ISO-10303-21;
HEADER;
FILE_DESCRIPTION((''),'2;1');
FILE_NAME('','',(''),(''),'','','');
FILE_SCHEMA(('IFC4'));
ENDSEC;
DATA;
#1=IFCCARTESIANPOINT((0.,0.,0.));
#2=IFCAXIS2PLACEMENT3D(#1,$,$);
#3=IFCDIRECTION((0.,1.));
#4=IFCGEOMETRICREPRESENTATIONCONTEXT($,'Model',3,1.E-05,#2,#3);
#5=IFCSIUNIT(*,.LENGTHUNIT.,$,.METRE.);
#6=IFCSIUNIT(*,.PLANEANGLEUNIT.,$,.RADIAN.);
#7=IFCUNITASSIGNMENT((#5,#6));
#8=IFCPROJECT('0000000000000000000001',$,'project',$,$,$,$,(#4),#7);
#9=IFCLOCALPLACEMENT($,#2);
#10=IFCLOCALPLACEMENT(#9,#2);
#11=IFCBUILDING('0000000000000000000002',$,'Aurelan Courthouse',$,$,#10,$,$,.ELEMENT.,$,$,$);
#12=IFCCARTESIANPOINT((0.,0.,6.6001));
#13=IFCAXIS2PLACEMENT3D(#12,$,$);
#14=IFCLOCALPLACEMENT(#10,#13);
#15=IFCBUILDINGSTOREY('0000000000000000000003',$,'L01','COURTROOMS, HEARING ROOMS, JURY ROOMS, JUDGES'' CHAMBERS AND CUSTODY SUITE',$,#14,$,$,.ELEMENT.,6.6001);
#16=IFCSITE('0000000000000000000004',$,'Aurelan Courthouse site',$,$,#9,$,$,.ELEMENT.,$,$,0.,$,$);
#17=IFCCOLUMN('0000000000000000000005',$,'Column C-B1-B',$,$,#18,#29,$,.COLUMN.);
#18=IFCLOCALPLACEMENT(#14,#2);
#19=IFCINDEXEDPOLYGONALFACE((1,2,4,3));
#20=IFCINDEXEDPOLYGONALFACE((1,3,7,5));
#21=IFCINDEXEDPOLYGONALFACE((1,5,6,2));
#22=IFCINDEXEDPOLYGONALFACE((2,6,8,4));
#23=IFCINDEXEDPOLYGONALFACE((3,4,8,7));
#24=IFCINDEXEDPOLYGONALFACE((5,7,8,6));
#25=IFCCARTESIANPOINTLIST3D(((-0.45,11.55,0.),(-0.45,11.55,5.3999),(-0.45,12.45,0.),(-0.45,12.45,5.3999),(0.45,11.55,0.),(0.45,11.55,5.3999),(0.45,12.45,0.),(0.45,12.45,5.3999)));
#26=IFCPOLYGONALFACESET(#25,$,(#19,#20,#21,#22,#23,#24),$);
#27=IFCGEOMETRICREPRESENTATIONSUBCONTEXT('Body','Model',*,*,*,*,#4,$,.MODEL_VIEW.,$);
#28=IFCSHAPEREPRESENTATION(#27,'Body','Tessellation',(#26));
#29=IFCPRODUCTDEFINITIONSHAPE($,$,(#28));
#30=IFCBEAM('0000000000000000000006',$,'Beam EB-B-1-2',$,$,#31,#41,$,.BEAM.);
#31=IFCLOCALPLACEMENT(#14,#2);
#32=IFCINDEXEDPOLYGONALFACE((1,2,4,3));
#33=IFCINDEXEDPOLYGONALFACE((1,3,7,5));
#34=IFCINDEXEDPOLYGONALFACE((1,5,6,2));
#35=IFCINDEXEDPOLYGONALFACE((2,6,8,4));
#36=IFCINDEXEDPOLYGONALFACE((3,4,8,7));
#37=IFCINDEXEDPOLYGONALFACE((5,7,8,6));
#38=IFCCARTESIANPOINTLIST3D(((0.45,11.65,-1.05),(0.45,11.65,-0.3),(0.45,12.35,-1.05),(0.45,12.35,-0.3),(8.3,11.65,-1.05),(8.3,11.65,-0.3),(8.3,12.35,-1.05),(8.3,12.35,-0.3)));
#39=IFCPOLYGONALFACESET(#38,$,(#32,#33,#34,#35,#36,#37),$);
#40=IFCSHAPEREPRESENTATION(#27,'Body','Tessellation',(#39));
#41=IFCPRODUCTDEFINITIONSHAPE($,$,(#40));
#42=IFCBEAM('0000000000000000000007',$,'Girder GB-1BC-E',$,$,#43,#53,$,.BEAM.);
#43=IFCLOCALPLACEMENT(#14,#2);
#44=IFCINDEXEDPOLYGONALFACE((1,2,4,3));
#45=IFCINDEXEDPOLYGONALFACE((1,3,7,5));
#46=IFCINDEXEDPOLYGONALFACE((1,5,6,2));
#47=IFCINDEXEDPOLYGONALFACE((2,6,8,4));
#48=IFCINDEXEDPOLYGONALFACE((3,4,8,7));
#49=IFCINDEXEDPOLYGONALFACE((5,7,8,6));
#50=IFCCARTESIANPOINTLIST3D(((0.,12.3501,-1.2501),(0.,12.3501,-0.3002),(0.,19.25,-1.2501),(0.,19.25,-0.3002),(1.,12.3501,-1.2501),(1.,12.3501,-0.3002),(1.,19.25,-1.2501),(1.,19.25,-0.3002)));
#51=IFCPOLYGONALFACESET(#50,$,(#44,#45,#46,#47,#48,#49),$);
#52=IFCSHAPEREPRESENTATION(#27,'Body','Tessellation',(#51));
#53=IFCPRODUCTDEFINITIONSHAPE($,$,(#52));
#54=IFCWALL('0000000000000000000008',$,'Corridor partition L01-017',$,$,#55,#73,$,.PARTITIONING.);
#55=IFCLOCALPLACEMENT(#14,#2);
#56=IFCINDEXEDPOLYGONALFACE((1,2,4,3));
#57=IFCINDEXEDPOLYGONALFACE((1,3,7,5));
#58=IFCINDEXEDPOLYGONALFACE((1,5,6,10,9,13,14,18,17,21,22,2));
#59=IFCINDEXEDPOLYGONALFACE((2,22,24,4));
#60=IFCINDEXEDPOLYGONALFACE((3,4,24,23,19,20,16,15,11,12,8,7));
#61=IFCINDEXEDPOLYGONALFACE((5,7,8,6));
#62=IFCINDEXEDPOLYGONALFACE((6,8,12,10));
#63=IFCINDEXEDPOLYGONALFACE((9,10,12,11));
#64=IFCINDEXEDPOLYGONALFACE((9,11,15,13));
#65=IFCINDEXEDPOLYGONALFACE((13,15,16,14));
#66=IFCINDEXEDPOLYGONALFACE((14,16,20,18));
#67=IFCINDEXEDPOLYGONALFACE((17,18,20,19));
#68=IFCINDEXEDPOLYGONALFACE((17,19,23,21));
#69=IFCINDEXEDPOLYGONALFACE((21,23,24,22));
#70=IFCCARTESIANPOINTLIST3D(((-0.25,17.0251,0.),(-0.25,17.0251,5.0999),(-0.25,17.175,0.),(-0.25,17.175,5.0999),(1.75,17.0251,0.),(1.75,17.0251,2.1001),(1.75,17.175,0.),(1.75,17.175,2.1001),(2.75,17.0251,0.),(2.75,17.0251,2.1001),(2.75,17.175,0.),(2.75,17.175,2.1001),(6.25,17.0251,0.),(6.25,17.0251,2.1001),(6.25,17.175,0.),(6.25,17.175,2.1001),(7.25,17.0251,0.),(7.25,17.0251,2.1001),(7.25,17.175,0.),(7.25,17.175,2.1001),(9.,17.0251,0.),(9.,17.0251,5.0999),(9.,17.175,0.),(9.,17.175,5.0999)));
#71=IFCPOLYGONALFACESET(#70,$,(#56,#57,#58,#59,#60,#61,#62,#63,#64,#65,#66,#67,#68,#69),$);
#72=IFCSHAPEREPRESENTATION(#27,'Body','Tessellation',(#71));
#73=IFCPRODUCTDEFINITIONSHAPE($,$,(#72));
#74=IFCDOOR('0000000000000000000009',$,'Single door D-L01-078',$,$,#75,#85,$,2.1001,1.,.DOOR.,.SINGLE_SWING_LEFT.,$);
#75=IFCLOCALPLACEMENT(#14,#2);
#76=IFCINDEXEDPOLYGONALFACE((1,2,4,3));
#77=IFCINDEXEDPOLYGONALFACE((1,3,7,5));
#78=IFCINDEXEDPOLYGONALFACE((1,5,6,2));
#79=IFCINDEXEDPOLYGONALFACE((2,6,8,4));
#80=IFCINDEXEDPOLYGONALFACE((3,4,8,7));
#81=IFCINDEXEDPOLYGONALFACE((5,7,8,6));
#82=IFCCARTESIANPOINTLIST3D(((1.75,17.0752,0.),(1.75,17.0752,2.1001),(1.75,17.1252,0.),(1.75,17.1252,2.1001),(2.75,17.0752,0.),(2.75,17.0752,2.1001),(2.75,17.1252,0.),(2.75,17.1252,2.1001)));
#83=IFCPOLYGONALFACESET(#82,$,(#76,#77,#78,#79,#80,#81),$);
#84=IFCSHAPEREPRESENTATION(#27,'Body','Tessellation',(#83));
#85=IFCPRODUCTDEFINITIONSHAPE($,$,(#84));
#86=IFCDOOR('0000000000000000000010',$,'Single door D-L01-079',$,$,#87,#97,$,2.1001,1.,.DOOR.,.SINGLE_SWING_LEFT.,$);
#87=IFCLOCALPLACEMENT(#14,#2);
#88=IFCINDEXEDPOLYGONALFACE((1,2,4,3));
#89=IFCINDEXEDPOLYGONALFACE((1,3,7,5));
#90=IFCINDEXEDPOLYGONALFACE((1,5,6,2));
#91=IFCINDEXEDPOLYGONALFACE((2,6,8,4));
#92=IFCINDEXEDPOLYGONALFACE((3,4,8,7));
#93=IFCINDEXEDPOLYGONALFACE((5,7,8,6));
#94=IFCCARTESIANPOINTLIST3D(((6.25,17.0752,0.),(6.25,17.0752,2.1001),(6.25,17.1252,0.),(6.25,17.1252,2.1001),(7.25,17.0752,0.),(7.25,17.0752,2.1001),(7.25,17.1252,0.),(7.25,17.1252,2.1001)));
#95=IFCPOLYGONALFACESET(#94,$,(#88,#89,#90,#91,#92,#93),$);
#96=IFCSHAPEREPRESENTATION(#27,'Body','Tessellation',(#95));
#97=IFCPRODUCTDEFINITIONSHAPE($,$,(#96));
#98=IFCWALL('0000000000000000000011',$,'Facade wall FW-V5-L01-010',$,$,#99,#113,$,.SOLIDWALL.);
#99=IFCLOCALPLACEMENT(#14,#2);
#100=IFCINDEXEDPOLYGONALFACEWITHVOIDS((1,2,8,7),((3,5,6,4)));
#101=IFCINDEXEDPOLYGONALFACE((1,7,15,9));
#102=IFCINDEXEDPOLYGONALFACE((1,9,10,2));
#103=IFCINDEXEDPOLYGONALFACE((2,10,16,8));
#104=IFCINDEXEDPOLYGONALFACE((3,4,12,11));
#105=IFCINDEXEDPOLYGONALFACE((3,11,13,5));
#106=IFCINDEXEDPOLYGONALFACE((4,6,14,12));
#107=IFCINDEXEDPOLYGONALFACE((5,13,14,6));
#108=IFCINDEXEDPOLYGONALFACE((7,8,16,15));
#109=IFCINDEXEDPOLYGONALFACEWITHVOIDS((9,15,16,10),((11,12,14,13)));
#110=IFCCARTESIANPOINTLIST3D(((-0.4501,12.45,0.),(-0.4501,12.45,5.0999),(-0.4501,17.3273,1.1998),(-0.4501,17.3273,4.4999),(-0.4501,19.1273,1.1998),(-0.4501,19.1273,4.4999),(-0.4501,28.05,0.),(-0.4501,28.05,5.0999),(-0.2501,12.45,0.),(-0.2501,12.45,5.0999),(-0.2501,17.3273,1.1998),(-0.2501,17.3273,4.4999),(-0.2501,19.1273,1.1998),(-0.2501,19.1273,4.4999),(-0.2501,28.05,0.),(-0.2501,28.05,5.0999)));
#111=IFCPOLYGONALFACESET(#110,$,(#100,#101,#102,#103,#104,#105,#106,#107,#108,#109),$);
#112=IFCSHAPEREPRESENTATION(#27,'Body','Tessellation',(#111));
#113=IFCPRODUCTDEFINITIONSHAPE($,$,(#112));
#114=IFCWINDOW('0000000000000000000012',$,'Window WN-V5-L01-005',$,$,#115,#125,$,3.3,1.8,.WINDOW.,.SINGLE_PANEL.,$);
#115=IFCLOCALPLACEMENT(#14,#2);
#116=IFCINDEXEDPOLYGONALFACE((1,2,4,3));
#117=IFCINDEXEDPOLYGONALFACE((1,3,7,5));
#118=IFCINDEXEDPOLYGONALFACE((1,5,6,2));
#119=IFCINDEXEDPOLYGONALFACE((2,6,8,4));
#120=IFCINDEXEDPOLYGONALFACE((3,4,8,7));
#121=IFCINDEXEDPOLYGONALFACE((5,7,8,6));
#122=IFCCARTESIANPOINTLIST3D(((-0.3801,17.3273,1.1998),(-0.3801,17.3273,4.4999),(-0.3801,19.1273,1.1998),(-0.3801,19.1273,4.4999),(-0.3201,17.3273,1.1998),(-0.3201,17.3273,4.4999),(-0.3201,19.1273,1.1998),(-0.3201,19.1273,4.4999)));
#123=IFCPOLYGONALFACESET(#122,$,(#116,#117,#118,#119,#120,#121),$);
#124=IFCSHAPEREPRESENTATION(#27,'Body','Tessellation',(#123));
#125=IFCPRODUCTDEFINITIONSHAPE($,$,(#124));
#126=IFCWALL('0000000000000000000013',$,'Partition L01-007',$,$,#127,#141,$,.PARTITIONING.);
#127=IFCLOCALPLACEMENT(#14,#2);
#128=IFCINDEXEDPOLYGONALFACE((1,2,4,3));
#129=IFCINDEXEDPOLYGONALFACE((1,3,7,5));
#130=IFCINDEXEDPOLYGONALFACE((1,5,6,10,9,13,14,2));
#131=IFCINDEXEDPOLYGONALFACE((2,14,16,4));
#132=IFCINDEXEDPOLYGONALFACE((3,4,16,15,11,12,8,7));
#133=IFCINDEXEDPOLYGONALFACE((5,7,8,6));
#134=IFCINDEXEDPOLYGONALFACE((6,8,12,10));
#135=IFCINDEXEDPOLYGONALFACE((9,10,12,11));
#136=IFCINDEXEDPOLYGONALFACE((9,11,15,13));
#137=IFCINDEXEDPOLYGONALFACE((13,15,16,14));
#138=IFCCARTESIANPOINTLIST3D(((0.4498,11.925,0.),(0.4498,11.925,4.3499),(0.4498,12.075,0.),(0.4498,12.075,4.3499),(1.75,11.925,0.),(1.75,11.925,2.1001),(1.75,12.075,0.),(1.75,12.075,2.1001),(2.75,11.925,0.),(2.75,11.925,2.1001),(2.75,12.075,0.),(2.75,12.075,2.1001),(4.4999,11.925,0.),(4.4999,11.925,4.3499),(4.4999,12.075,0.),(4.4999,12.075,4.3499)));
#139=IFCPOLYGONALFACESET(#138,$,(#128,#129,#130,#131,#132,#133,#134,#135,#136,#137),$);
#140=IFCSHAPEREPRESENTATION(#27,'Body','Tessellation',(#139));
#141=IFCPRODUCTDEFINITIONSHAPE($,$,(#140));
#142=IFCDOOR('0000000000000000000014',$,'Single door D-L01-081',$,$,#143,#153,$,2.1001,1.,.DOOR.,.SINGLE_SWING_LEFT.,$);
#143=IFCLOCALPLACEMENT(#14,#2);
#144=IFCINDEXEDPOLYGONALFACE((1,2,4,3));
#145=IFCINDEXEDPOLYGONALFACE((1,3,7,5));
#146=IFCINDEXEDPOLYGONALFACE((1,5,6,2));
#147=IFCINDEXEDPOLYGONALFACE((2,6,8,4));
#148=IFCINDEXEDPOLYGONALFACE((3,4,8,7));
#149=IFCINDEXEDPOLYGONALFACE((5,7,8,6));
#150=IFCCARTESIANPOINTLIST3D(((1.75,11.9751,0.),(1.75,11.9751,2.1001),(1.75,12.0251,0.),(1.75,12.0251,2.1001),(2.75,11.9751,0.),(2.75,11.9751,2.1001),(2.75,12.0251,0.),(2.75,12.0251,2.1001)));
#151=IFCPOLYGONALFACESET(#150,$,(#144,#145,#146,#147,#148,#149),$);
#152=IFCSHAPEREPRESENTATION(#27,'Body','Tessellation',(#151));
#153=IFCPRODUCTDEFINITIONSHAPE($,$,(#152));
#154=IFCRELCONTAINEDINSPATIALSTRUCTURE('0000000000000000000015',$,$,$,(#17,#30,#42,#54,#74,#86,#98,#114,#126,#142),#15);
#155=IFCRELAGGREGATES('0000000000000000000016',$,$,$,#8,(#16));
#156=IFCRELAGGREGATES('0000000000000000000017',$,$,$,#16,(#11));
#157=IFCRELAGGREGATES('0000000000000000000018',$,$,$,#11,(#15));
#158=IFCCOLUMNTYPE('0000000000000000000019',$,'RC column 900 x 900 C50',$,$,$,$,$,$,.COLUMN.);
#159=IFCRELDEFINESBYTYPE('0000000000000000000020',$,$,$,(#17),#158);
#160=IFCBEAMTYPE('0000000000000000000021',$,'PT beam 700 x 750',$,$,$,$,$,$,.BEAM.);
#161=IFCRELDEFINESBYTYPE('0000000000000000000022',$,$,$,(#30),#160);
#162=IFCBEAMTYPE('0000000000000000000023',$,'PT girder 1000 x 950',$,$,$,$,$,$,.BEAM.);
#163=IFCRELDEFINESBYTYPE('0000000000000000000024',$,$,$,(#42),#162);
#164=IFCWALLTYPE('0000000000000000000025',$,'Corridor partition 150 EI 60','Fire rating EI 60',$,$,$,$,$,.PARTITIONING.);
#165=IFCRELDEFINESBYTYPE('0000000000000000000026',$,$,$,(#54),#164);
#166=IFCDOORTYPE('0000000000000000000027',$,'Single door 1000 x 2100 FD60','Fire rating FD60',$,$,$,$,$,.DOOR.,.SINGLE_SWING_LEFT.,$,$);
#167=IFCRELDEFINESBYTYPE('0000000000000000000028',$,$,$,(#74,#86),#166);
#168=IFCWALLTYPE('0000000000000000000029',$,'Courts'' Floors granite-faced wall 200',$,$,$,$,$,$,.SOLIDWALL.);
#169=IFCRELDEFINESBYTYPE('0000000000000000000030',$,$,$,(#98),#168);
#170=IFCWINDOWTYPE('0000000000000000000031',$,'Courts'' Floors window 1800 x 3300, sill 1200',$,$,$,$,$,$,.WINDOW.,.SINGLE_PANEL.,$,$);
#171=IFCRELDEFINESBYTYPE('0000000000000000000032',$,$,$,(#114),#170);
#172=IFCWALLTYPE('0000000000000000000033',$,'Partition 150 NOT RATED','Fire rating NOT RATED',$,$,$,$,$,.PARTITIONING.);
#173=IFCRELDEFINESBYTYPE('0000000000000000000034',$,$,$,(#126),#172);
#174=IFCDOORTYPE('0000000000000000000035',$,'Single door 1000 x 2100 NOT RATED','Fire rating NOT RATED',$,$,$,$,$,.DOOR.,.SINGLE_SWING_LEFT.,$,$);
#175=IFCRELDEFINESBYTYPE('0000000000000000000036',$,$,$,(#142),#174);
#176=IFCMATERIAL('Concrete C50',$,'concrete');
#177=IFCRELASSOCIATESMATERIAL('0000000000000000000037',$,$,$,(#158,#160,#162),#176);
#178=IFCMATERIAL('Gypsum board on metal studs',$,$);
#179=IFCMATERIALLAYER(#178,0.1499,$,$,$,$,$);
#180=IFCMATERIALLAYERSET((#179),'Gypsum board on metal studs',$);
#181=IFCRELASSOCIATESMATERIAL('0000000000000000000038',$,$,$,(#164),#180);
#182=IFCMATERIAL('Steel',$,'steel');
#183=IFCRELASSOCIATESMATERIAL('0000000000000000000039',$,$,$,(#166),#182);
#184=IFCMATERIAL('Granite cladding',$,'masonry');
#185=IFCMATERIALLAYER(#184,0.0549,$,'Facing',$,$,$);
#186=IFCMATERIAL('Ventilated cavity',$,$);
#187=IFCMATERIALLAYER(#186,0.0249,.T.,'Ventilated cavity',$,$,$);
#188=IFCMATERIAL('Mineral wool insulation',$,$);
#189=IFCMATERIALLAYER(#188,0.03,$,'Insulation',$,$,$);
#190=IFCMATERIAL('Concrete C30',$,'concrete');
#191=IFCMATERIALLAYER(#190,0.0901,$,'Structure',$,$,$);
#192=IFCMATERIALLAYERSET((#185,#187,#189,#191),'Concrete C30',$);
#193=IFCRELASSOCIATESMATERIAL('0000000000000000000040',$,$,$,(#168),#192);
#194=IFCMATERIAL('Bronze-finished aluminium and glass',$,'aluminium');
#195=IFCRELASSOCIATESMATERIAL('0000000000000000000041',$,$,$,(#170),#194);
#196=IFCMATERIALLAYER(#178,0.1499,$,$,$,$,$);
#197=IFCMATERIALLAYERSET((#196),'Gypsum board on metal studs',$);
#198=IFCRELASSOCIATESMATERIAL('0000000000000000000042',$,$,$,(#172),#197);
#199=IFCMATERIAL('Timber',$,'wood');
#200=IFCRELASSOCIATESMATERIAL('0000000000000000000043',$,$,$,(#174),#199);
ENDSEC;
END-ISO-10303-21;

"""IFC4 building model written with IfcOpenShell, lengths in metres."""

from ifc_helpers import new_model, si_unit, direction, frame, frame_2d, origin, origin_2d, place, context, subcontext, project, spatial, rectangle, extrude, material, layer, layer_set, material_profile, profile_set, type_object, element, fill, save


model = new_model("IFC4")

# Units and contexts
model_context = context("Model", 3, precision=1e-05, world=origin(), true_north=direction((0.0, 1.0)))
body_context = subcontext(model_context, "Body", "Model", "MODEL_VIEW")
ifc_project = project(units=[si_unit("LENGTHUNIT", "METRE"), si_unit("PLANEANGLEUNIT", "RADIAN")], contexts=[model_context])

# Site, building, storey
site_placement = place(None, origin())
site = spatial("IfcSite", under=ifc_project, at=site_placement, Name="Aurelan Courthouse site", CompositionType="ELEMENT", RefElevation=0.0)
building_placement = place(site_placement, origin())
building = spatial("IfcBuilding", under=site, at=building_placement, Name="Aurelan Courthouse", CompositionType="ELEMENT")
storey_placement = place(building_placement, frame((0.0, 0.0, 6.6001)))
storey = spatial("IfcBuildingStorey", under=building, at=storey_placement, Name="L01", Description="COURTROOMS, HEARING ROOMS, JURY ROOMS, JUDGES' CHAMBERS AND CUSTODY SUITE", CompositionType="ELEMENT", Elevation=6.6001)

# Column
ifc_material_1 = material(Name="Concrete C50", Category="concrete")
ifc_material_profile_1 = material_profile(ifc_material_1, rectangle(XDim=0.8999, YDim=0.8999, at=origin_2d()), Name="RC 900 x 900")
ifc_profile_set_1 = profile_set([ifc_material_profile_1], Name="Concrete C50")
column_type = type_object("IfcColumnType", Name="RC column 900 x 900 C50", PredefinedType="COLUMN", material=ifc_profile_set_1)
column_placement = place(storey_placement, frame((0.0, 12.0, 0.0), z_axis=(0.0, 0.0, 1.0), x_axis=(1.0, 0.0, 0.0)))
element("IfcColumn", 1, at=column_placement, inside=storey, type_object=column_type, Name="Column C-B1-B", PredefinedType="COLUMN", context=body_context, shape_type="SweptSolid", body=[
    extrude(rectangle(XDim=0.8999, YDim=0.8999, at=origin_2d()), origin(), (0.0, 0.0, 1.0), 5.3999),
])

# Beams
ifc_material_profile_2 = material_profile(ifc_material_1, rectangle(XDim=0.7, YDim=0.75, at=origin_2d()), Name="RC 700 x 750")
ifc_profile_set_2 = profile_set([ifc_material_profile_2], Name="Concrete C50")
beam_type_1 = type_object("IfcBeamType", Name="PT beam 700 x 750", PredefinedType="BEAM", material=ifc_profile_set_2)
beam_1_placement = place(storey_placement, frame((0.45, 12.0, -0.675), z_axis=(1.0, 0.0, 0.0), x_axis=(0.0, 1.0, 0.0)))
element("IfcBeam", 2, at=beam_1_placement, inside=storey, type_object=beam_type_1, Name="Beam EB-B-1-2", PredefinedType="BEAM", context=body_context, shape_type="SweptSolid", body=[
    extrude(rectangle(XDim=0.7, YDim=0.75, at=origin_2d()), origin(), (0.0, 0.0, 1.0), 7.8501),
])
ifc_material_profile_3 = material_profile(ifc_material_1, rectangle(XDim=1.0, YDim=0.95, at=origin_2d()), Name="RC 1000 x 950")
ifc_profile_set_3 = profile_set([ifc_material_profile_3], Name="Concrete C50")
beam_type_2 = type_object("IfcBeamType", Name="PT girder 1000 x 950", PredefinedType="BEAM", material=ifc_profile_set_3)
beam_2_placement = place(storey_placement, frame((0.5, 12.3501, -0.7751), z_axis=(0.0, 1.0, 0.0), x_axis=(-1.0, 0.0, 0.0)))
element("IfcBeam", 3, at=beam_2_placement, inside=storey, type_object=beam_type_2, Name="Girder GB-1BC-E", PredefinedType="BEAM", context=body_context, shape_type="SweptSolid", body=[
    extrude(rectangle(XDim=1.0, YDim=0.95, at=origin_2d()), origin(), (0.0, 0.0, 1.0), 6.8999),
])

# Wall, openings, doors
ifc_material_2 = material(Name="Gypsum board on metal studs")
ifc_layer_1 = layer(ifc_material_2, 0.1499)
ifc_layer_set_1 = layer_set([ifc_layer_1], Name="Gypsum board on metal studs")
wall_type_1 = type_object("IfcWallType", Name="Corridor partition 150 EI 60", Description="Fire rating EI 60", PredefinedType="PARTITIONING", material=ifc_layer_set_1)
wall_1_placement = place(storey_placement, frame((-0.25, 17.1001, 0.0), z_axis=(0.0, 0.0, 1.0), x_axis=(1.0, 0.0, 0.0)))
wall_1 = element("IfcWall", 4, at=wall_1_placement, inside=storey, type_object=wall_type_1, Name="Corridor partition L01-017", PredefinedType="PARTITIONING", context=body_context, shape_type="SweptSolid", body=[
    extrude(rectangle(XDim=9.25, YDim=0.1499, at=frame_2d((4.625, 0.0))), origin(), (0.0, 0.0, 1.0), 5.0999),
])
opening_1_placement = place(wall_1_placement, frame((3.0, 0.0, 0.0), z_axis=(0.0, 0.0, 1.0), x_axis=(-1.0, 0.0, 0.0)))
opening_1 = element("IfcOpeningElement", 5, at=opening_1_placement, cuts=wall_1, PredefinedType="OPENING", context=body_context, shape_type="SweptSolid", body=[
    extrude(rectangle(XDim=1.0, YDim=2.1001, at=frame_2d((0.5, 1.05))), frame((0.0, 0.085, 0.0), z_axis=(0.0, -1.0, 0.0), x_axis=(1.0, 0.0, 0.0)), (0.0, 0.0, 1.0), 0.1699),
])
opening_2_placement = place(wall_1_placement, frame((7.5, 0.0, 0.0), z_axis=(0.0, 0.0, 1.0), x_axis=(-1.0, 0.0, 0.0)))
opening_2 = element("IfcOpeningElement", 6, at=opening_2_placement, cuts=wall_1, PredefinedType="OPENING", context=body_context, shape_type="SweptSolid", body=[
    extrude(rectangle(XDim=1.0, YDim=2.1001, at=frame_2d((0.5, 1.05))), frame((0.0, 0.085, 0.0), z_axis=(0.0, -1.0, 0.0), x_axis=(1.0, 0.0, 0.0)), (0.0, 0.0, 1.0), 0.1699),
])
ifc_material_3 = material(Name="Steel", Category="steel")
door_type_1 = type_object("IfcDoorType", Name="Single door 1000 x 2100 FD60", Description="Fire rating FD60", OperationType="SINGLE_SWING_LEFT", PredefinedType="DOOR", material=ifc_material_3)
door_1_placement = place(opening_1_placement, origin())
door_1 = element("IfcDoor", 7, at=door_1_placement, inside=storey, type_object=door_type_1, Name="Single door D-L01-078", OperationType="SINGLE_SWING_LEFT", OverallHeight=2.1001, OverallWidth=1.0, PredefinedType="DOOR", context=body_context, shape_type="SweptSolid", body=[
    extrude(rectangle(XDim=1.0, YDim=2.1001, at=frame_2d((0.5, 1.05))), frame((0.0, 0.0249, 0.0), z_axis=(0.0, -1.0, 0.0), x_axis=(1.0, 0.0, 0.0)), (0.0, 0.0, 1.0), 0.05),
])
fill(opening_1, door_1)
door_2_placement = place(opening_2_placement, origin())
door_2 = element("IfcDoor", 8, at=door_2_placement, inside=storey, type_object=door_type_1, Name="Single door D-L01-079", OperationType="SINGLE_SWING_LEFT", OverallHeight=2.1001, OverallWidth=1.0, PredefinedType="DOOR", context=body_context, shape_type="SweptSolid", body=[
    extrude(rectangle(XDim=1.0, YDim=2.1001, at=frame_2d((0.5, 1.05))), frame((0.0, 0.0249, 0.0), z_axis=(0.0, -1.0, 0.0), x_axis=(1.0, 0.0, 0.0)), (0.0, 0.0, 1.0), 0.05),
])
fill(opening_2, door_2)

# Wall, opening, window
ifc_material_4 = material(Name="Granite cladding", Category="masonry")
ifc_layer_2 = layer(ifc_material_4, 0.0549, Name="Facing")
ifc_material_5 = material(Name="Ventilated cavity")
ifc_layer_3 = layer(ifc_material_5, 0.0249, ventilated=True, Name="Ventilated cavity")
ifc_material_6 = material(Name="Mineral wool insulation")
ifc_layer_4 = layer(ifc_material_6, 0.03, Name="Insulation")
ifc_material_7 = material(Name="Concrete C30", Category="concrete")
ifc_layer_5 = layer(ifc_material_7, 0.0901, Name="Structure")
ifc_layer_set_2 = layer_set([ifc_layer_2, ifc_layer_3, ifc_layer_4, ifc_layer_5], Name="Concrete C30")
wall_type_2 = type_object("IfcWallType", Name="Courts' Floors granite-faced wall 200", PredefinedType="SOLIDWALL", material=ifc_layer_set_2)
wall_2_placement = place(storey_placement, frame((-0.3501, 12.45, 0.0), z_axis=(0.0, 0.0, 1.0), x_axis=(0.0, 1.0, 0.0)))
wall_2 = element("IfcWall", 9, at=wall_2_placement, inside=storey, type_object=wall_type_2, Name="Facade wall FW-V5-L01-010", PredefinedType="SOLIDWALL", context=body_context, shape_type="SweptSolid", body=[
    extrude(rectangle(XDim=15.6001, YDim=0.2, at=frame_2d((7.8, 0.0))), origin(), (0.0, 0.0, 1.0), 5.0999),
])
opening_3_placement = place(wall_2_placement, frame((4.8774, 0.0, 1.2)))
opening_3 = element("IfcOpeningElement", 10, at=opening_3_placement, cuts=wall_2, PredefinedType="OPENING", context=body_context, shape_type="SweptSolid", body=[
    extrude(rectangle(XDim=1.8, YDim=3.3, at=frame_2d((0.8999, 1.6499))), frame((0.0, 0.1099, 0.0), z_axis=(0.0, -1.0, 0.0), x_axis=(1.0, 0.0, 0.0)), (0.0, 0.0, 1.0), 0.22),
])
ifc_material_8 = material(Name="Bronze-finished aluminium and glass", Category="aluminium")
window_type = type_object("IfcWindowType", Name="Courts' Floors window 1800 x 3300, sill 1200", PartitioningType="SINGLE_PANEL", PredefinedType="WINDOW", material=ifc_material_8)
window_placement = place(opening_3_placement, origin())
window = element("IfcWindow", 11, at=window_placement, inside=storey, type_object=window_type, Name="Window WN-V5-L01-005", OverallHeight=3.3, OverallWidth=1.8, PartitioningType="SINGLE_PANEL", PredefinedType="WINDOW", context=body_context, shape_type="SweptSolid", body=[
    extrude(rectangle(XDim=1.8, YDim=3.3, at=frame_2d((0.8999, 1.6499))), frame((0.0, 0.03, 0.0), z_axis=(0.0, -1.0, 0.0), x_axis=(1.0, 0.0, 0.0)), (0.0, 0.0, 1.0), 0.0601),
])
fill(opening_3, window)

# Wall, opening, door
ifc_layer_6 = layer(ifc_material_2, 0.1499)
ifc_layer_set_3 = layer_set([ifc_layer_6], Name="Gypsum board on metal studs")
wall_type_3 = type_object("IfcWallType", Name="Partition 150 NOT RATED", Description="Fire rating NOT RATED", PredefinedType="PARTITIONING", material=ifc_layer_set_3)
wall_3_placement = place(storey_placement, frame((0.45, 12.0, 0.0), z_axis=(0.0, 0.0, 1.0), x_axis=(1.0, 0.0, 0.0)))
wall_3 = element("IfcWall", 12, at=wall_3_placement, inside=storey, type_object=wall_type_3, Name="Partition L01-007", PredefinedType="PARTITIONING", context=body_context, shape_type="SweptSolid", body=[
    extrude(rectangle(XDim=4.05, YDim=0.1499, at=frame_2d((2.0249, 0.0))), origin(), (0.0, 0.0, 1.0), 4.3499),
])
opening_4_placement = place(wall_3_placement, frame((2.3, 0.0, 0.0), z_axis=(0.0, 0.0, 1.0), x_axis=(-1.0, 0.0, 0.0)))
opening_4 = element("IfcOpeningElement", 13, at=opening_4_placement, cuts=wall_3, PredefinedType="OPENING", context=body_context, shape_type="SweptSolid", body=[
    extrude(rectangle(XDim=1.0, YDim=2.1001, at=frame_2d((0.5, 1.05))), frame((0.0, 0.085, 0.0), z_axis=(0.0, -1.0, 0.0), x_axis=(1.0, 0.0, 0.0)), (0.0, 0.0, 1.0), 0.1699),
])
ifc_material_9 = material(Name="Timber", Category="wood")
door_type_2 = type_object("IfcDoorType", Name="Single door 1000 x 2100 NOT RATED", Description="Fire rating NOT RATED", OperationType="SINGLE_SWING_LEFT", PredefinedType="DOOR", material=ifc_material_9)
door_3_placement = place(opening_4_placement, origin())
door_3 = element("IfcDoor", 14, at=door_3_placement, inside=storey, type_object=door_type_2, Name="Single door D-L01-081", OperationType="SINGLE_SWING_LEFT", OverallHeight=2.1001, OverallWidth=1.0, PredefinedType="DOOR", context=body_context, shape_type="SweptSolid", body=[
    extrude(rectangle(XDim=1.0, YDim=2.1001, at=frame_2d((0.5, 1.05))), frame((0.0, 0.0249, 0.0), z_axis=(0.0, -1.0, 0.0), x_axis=(1.0, 0.0, 0.0)), (0.0, 0.0, 1.0), 0.05),
])
fill(opening_4, door_3)

save(model, "model.ifc")
